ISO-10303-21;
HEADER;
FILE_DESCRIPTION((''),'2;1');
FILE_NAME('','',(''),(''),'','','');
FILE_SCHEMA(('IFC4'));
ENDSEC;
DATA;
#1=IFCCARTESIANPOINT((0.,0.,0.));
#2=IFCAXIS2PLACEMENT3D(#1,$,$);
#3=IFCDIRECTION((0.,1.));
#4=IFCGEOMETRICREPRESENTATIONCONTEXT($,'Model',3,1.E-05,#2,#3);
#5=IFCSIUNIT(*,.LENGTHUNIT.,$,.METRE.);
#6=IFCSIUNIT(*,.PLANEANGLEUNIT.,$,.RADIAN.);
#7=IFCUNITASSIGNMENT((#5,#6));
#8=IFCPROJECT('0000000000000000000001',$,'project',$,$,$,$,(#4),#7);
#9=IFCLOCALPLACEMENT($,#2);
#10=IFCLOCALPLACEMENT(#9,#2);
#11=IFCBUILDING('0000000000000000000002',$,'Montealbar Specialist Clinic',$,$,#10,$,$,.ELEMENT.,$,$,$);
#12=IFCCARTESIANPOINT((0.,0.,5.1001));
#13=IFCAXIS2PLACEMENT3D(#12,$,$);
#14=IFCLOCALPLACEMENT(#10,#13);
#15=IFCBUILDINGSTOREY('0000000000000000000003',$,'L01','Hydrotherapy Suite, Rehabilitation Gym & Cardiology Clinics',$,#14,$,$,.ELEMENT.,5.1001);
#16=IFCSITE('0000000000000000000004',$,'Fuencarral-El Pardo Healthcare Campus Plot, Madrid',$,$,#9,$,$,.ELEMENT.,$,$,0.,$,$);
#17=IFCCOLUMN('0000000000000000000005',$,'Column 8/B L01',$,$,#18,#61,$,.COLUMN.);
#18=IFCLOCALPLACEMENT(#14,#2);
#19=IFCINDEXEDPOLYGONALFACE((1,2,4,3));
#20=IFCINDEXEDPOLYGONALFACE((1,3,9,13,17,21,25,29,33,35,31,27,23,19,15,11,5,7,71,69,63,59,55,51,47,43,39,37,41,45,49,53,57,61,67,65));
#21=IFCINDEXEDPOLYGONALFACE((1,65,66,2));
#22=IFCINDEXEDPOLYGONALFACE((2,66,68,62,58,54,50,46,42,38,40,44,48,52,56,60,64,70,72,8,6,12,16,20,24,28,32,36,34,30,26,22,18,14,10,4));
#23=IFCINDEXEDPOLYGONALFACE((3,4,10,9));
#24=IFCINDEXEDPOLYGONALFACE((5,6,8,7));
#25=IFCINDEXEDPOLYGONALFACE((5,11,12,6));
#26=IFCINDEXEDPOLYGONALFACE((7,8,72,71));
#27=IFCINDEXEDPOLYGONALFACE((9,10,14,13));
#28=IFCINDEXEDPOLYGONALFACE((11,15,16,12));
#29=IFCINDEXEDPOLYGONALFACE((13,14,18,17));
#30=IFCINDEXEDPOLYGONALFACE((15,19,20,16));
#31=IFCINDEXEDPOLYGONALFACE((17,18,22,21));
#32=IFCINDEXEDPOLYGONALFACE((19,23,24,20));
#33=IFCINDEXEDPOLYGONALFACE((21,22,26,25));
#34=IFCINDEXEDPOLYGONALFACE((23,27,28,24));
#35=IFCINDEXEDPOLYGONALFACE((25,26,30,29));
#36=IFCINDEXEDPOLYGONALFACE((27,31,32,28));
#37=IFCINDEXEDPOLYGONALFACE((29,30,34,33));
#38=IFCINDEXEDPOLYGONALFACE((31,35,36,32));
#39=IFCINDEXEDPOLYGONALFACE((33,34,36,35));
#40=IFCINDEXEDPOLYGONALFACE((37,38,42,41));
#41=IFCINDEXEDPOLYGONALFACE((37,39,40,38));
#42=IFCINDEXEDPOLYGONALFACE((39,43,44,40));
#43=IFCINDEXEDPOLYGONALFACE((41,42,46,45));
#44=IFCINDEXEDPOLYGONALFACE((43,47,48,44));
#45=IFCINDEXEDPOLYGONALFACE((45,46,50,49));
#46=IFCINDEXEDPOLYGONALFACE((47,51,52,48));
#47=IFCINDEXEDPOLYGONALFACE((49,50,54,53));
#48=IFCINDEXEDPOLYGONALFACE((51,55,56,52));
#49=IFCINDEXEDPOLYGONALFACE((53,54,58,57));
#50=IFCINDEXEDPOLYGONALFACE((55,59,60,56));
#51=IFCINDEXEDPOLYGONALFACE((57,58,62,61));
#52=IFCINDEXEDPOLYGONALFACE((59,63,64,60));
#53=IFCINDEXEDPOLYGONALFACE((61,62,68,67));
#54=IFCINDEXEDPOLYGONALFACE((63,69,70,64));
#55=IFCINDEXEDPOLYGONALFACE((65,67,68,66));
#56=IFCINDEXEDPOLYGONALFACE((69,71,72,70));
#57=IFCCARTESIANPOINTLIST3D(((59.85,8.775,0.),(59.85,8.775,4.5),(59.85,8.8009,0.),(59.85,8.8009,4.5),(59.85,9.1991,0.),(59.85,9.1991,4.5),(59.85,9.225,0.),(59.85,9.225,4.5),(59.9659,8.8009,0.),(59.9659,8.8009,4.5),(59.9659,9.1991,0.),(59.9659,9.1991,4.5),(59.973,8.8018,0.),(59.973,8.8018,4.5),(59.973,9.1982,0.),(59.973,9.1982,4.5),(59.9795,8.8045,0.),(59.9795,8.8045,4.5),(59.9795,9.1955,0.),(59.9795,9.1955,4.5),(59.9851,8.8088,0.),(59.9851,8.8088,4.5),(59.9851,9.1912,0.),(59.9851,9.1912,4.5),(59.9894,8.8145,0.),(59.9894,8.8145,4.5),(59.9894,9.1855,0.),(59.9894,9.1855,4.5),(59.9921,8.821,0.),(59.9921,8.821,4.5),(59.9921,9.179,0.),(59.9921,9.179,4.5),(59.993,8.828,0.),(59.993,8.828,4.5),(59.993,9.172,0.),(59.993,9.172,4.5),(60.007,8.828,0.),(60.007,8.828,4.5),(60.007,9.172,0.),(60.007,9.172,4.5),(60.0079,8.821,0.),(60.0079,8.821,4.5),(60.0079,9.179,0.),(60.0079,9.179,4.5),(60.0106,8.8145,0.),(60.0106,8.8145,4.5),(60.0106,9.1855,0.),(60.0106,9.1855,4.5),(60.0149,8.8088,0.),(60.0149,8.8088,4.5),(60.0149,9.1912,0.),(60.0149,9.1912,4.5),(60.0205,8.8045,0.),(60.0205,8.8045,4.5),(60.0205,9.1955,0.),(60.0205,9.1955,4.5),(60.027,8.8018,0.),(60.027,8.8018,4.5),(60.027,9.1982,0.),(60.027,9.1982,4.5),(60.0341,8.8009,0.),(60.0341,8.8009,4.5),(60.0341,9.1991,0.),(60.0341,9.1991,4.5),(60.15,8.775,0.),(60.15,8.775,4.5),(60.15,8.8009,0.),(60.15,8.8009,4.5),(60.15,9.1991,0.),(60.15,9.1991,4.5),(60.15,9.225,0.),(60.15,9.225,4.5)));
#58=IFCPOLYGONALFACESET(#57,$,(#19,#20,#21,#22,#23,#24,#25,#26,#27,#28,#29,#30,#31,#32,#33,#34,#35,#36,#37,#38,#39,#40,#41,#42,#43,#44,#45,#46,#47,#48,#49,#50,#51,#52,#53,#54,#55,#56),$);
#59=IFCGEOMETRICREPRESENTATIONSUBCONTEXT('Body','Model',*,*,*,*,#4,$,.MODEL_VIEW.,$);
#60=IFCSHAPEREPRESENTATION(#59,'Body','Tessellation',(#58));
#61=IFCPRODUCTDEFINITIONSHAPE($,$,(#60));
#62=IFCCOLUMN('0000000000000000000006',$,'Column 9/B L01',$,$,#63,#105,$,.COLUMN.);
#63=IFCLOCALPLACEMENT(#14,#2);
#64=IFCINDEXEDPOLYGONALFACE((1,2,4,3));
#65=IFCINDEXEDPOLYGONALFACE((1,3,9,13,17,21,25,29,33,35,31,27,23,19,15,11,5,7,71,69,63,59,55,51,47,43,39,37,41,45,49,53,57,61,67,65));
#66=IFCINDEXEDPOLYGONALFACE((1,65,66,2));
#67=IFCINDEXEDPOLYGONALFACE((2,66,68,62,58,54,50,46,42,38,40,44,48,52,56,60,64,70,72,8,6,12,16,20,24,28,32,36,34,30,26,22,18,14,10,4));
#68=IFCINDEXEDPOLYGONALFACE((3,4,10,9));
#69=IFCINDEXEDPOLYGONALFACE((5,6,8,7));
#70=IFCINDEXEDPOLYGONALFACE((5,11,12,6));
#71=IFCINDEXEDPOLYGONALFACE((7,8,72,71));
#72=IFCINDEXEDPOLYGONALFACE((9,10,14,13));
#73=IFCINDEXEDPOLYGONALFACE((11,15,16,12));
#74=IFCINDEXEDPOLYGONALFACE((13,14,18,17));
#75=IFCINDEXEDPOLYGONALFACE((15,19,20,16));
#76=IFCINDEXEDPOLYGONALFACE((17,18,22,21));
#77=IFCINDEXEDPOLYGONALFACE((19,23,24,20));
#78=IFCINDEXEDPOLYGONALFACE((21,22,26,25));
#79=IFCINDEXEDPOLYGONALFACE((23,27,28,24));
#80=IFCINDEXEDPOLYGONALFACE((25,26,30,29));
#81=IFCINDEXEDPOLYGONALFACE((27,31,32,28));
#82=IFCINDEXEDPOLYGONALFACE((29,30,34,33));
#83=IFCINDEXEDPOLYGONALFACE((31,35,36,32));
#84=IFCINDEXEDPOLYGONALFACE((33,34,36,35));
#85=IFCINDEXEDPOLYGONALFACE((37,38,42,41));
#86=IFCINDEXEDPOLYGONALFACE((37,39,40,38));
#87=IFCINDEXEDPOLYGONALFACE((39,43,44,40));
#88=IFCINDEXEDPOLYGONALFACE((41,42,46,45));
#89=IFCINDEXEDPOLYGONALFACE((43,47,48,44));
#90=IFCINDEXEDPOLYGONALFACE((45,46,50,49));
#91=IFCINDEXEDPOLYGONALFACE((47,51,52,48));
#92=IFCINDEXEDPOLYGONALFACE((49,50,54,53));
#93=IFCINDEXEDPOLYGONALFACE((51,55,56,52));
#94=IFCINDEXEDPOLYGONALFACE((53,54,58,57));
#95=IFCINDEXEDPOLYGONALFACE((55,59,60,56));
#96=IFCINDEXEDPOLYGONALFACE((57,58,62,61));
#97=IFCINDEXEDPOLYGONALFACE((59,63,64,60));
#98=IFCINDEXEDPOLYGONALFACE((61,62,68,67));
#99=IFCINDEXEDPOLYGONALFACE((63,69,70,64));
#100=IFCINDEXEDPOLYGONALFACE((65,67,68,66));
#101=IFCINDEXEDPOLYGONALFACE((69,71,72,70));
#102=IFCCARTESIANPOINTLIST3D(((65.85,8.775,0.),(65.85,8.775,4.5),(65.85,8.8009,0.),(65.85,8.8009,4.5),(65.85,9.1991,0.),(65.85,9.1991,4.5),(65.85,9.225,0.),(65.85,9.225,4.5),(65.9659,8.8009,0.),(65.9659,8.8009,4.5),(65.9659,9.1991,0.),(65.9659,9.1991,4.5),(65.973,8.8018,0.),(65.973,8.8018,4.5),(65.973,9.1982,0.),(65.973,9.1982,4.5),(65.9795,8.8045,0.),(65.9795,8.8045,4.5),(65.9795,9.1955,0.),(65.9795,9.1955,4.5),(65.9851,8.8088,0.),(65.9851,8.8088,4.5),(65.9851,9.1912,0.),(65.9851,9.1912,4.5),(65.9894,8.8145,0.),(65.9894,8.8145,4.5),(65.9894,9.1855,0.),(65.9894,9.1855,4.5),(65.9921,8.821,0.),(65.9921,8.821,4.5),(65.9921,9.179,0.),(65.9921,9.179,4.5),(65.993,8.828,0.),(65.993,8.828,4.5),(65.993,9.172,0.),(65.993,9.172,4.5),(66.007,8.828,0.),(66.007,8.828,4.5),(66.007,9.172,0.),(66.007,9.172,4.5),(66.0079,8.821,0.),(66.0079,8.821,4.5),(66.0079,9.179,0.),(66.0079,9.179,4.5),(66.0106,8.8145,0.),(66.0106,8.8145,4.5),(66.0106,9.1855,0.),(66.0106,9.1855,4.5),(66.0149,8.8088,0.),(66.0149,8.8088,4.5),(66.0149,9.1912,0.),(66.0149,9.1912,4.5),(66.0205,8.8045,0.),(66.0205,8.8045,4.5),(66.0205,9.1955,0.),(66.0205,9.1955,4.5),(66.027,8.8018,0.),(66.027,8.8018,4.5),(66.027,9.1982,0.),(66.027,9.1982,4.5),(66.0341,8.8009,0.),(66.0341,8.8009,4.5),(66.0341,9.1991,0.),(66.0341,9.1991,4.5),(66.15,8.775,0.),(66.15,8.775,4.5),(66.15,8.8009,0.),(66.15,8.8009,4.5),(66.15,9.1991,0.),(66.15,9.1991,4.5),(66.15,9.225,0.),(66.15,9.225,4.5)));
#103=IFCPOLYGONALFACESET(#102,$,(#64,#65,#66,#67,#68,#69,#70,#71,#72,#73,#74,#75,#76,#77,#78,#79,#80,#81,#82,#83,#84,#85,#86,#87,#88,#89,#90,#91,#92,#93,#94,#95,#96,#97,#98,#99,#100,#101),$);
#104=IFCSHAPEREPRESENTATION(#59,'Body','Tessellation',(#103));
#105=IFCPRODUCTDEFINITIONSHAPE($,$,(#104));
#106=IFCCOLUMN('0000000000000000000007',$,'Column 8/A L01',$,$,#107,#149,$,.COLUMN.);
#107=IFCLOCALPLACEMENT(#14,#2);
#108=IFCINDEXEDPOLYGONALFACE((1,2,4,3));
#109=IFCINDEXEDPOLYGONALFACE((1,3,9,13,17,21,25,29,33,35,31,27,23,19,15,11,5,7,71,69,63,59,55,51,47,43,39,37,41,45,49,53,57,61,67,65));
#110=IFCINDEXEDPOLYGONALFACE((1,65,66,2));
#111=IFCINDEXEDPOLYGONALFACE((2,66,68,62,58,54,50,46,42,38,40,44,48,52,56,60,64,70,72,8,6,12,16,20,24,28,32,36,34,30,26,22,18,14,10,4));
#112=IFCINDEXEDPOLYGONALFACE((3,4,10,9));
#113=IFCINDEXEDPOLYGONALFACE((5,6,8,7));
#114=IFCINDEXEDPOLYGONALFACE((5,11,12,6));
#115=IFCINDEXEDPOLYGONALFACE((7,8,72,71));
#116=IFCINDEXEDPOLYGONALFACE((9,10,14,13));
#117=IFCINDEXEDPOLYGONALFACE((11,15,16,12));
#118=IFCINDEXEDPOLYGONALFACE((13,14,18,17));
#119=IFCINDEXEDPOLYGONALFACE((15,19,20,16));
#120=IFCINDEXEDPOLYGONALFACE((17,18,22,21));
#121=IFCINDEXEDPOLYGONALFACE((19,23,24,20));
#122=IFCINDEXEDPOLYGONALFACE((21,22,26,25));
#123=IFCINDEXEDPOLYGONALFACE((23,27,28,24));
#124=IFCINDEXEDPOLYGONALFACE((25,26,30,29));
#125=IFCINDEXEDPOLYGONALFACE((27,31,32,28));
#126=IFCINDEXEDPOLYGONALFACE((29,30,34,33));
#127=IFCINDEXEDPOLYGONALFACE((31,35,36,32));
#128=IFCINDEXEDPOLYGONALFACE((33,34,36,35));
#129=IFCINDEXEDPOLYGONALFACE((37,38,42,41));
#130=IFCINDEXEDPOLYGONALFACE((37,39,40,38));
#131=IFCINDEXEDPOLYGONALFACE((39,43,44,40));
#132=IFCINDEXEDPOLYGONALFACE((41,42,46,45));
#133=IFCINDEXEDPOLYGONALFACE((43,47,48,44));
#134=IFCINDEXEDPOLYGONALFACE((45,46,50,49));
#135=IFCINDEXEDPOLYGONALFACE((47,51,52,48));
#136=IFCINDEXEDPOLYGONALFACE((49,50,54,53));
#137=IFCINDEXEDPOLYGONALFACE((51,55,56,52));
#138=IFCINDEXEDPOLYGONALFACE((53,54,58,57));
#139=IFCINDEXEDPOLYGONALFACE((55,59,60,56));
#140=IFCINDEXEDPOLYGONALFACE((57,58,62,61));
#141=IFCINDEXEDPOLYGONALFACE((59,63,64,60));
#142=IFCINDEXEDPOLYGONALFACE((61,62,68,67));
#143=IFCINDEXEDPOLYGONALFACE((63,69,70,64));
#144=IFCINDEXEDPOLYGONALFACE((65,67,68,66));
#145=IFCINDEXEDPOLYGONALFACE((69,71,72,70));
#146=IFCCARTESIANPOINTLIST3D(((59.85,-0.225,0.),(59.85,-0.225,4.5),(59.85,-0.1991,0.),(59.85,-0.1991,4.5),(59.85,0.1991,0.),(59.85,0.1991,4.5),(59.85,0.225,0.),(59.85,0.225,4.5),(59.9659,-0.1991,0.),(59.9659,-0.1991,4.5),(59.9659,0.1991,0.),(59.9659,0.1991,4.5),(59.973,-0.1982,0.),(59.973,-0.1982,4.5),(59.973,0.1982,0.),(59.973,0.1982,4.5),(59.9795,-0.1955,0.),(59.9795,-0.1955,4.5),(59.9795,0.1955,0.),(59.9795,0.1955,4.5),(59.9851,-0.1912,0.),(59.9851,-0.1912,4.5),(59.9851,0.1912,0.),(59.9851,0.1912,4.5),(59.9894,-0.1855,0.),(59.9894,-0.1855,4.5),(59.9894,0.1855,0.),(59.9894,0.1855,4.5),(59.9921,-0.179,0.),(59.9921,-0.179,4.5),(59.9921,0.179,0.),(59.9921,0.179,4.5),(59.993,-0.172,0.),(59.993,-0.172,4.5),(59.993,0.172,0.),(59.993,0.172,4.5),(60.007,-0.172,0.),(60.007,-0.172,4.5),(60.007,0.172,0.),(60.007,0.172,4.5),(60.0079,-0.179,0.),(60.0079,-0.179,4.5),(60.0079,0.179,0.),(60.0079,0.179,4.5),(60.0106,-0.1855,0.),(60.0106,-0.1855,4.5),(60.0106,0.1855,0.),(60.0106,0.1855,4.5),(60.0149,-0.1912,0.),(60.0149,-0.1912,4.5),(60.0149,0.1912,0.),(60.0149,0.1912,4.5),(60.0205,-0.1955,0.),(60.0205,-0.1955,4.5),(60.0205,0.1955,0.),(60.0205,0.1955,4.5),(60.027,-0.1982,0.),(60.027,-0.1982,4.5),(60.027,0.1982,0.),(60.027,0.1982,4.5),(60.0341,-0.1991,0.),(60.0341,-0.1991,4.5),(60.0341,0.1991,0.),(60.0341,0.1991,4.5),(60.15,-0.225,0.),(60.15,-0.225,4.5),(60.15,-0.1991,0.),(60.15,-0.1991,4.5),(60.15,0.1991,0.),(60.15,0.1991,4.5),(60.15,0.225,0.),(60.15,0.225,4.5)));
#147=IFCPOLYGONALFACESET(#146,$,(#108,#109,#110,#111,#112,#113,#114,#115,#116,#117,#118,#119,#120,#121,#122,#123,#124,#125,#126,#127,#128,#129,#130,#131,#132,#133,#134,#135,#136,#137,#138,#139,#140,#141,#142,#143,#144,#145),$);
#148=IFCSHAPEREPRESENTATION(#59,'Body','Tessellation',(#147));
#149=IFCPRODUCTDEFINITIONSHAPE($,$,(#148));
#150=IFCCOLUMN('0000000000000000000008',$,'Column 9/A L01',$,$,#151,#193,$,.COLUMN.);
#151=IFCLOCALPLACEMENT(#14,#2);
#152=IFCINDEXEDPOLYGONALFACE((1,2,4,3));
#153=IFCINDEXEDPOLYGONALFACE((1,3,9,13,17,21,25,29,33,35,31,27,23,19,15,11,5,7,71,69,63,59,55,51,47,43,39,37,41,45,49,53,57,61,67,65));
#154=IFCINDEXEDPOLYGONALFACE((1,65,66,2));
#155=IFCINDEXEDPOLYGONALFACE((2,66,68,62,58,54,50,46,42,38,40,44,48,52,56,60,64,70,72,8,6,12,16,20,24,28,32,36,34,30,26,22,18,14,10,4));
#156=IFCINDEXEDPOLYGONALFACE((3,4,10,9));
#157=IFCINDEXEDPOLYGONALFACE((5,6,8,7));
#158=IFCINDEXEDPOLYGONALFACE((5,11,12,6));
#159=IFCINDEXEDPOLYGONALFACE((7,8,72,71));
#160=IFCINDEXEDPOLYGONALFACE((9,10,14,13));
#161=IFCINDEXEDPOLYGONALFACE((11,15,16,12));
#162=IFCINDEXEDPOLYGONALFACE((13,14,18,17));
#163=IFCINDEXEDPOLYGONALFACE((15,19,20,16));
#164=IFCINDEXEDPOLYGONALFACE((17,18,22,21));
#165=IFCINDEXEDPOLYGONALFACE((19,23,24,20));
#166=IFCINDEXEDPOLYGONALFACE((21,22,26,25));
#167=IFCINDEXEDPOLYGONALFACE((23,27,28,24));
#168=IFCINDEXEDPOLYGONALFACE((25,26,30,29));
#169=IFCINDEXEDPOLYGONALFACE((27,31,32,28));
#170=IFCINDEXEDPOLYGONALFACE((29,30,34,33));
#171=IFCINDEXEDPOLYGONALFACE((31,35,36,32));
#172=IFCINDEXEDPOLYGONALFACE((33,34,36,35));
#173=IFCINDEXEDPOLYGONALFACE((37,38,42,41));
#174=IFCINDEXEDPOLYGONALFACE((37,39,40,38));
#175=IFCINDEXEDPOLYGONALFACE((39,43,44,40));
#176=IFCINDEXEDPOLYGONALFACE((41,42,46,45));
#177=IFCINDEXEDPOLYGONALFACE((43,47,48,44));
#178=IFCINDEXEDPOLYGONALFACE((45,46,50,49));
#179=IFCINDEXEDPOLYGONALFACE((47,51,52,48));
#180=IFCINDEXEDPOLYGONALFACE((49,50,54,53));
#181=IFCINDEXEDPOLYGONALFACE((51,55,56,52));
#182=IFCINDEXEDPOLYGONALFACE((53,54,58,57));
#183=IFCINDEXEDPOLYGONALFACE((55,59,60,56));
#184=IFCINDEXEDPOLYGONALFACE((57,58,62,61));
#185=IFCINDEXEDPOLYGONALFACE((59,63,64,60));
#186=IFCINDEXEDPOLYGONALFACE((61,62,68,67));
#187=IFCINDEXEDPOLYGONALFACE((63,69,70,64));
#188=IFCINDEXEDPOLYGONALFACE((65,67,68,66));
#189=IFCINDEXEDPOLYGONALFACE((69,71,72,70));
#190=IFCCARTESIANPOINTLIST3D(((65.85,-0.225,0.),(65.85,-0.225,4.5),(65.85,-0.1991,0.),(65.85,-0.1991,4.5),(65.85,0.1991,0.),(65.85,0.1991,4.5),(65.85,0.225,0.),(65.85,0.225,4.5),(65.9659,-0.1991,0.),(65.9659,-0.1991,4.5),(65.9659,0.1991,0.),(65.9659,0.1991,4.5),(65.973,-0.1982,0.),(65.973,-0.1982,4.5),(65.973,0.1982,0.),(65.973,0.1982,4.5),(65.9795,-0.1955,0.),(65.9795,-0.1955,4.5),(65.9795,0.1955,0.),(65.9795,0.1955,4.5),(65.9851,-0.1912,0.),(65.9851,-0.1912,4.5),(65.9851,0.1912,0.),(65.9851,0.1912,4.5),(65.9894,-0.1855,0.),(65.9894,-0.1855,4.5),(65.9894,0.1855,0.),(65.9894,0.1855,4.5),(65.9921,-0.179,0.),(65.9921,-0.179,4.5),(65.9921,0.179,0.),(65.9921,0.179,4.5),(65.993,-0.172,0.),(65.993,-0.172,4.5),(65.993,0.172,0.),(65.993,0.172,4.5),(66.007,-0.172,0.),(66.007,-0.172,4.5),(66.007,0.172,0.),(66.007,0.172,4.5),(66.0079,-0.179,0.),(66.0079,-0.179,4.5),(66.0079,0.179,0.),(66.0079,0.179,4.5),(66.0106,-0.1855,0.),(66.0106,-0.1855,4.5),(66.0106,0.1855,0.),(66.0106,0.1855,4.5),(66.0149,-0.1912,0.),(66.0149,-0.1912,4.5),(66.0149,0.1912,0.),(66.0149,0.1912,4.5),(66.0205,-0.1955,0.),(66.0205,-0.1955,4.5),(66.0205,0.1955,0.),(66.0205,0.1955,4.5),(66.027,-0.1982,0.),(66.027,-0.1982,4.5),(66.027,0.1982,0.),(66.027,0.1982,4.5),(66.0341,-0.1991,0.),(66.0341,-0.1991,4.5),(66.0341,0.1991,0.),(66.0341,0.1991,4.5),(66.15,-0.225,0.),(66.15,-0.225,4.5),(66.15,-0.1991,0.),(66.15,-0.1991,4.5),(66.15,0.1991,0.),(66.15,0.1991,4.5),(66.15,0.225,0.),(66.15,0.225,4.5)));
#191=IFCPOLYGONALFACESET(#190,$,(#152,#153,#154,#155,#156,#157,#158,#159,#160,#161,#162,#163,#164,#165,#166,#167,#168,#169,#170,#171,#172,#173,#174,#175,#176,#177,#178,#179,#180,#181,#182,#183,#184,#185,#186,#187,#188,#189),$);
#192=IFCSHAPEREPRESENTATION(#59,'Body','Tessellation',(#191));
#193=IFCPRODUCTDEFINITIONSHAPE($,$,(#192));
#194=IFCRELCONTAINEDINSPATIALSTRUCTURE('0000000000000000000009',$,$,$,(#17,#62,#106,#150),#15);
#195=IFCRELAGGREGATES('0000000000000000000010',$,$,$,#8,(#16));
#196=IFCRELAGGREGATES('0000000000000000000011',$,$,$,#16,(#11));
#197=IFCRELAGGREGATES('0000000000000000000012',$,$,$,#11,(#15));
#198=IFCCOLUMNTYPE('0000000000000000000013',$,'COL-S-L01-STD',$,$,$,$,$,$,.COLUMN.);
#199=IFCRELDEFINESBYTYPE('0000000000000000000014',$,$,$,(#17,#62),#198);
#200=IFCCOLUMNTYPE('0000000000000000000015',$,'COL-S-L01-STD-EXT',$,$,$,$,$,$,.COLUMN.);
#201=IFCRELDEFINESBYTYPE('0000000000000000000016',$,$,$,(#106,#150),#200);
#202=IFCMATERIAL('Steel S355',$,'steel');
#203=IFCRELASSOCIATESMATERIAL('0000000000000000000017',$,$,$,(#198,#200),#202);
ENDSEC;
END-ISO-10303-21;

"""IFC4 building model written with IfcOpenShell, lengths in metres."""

from ifc_helpers import new_model, si_unit, direction, frame, origin, origin_2d, place, context, subcontext, project, spatial, i_section, extrude, material, material_profile, profile_set, type_object, element, save


model = new_model("IFC4")

# Units and contexts
model_context = context("Model", 3, precision=1e-05, world=origin(), true_north=direction((0.0, 1.0)))
body_context = subcontext(model_context, "Body", "Model", "MODEL_VIEW")
ifc_project = project(units=[si_unit("LENGTHUNIT", "METRE"), si_unit("PLANEANGLEUNIT", "RADIAN")], contexts=[model_context])

# Site, building, storey
site_placement = place(None, origin())
site = spatial("IfcSite", under=ifc_project, at=site_placement, Name="Fuencarral-El Pardo Healthcare Campus Plot, Madrid", CompositionType="ELEMENT", RefElevation=0.0)
building_placement = place(site_placement, origin())
building = spatial("IfcBuilding", under=site, at=building_placement, Name="Montealbar Specialist Clinic", CompositionType="ELEMENT")
storey_placement = place(building_placement, frame((0.0, 0.0, 5.1001)))
storey = spatial("IfcBuildingStorey", under=building, at=storey_placement, Name="L01", Description="Hydrotherapy Suite, Rehabilitation Gym & Cardiology Clinics", CompositionType="ELEMENT", Elevation=5.1001)

# Columns
ifc_material_1 = material(Name="Steel S355", Category="steel")
ifc_material_profile_1 = material_profile(ifc_material_1, i_section(OverallWidth=0.3, OverallDepth=0.45, WebThickness=0.0139, FlangeThickness=0.0259, FilletRadius=0.0271, at=origin_2d()), Name="HEB 450", Category="steel")
ifc_profile_set_1 = profile_set([ifc_material_profile_1], Name="Steel S355")
column_type_1 = type_object("IfcColumnType", Name="COL-S-L01-STD", PredefinedType="COLUMN", material=ifc_profile_set_1)
for number, where, z_axis, x_axis, name in (
    (1, (60.0, 9.0, 0.0), (0.0, 0.0, 1.0), (1.0, 0.0, 0.0), "Column 8/B L01"),
    (2, (66.0, 9.0, 0.0), (0.0, 0.0, 1.0), (1.0, 0.0, 0.0), "Column 9/B L01"),
):
    element("IfcColumn", number, at=place(storey_placement, frame(where, z_axis=z_axis, x_axis=x_axis)), inside=storey, type_object=column_type_1, Name=name, PredefinedType="COLUMN", context=body_context, shape_type="SweptSolid", body=[
        extrude(i_section(OverallWidth=0.3, OverallDepth=0.45, WebThickness=0.0139, FlangeThickness=0.0259, FilletRadius=0.0271, at=origin_2d()), origin(), (0.0, 0.0, 1.0), 4.5),
    ])
ifc_material_profile_2 = material_profile(ifc_material_1, i_section(OverallWidth=0.3, OverallDepth=0.45, WebThickness=0.0139, FlangeThickness=0.0259, FilletRadius=0.0271, at=origin_2d()), Name="HEB 450", Category="steel")
ifc_profile_set_2 = profile_set([ifc_material_profile_2], Name="Steel S355")
column_type_2 = type_object("IfcColumnType", Name="COL-S-L01-STD-EXT", PredefinedType="COLUMN", material=ifc_profile_set_2)
for number, where, z_axis, x_axis, name in (
    (3, (60.0, 0.0, 0.0), (0.0, 0.0, 1.0), (1.0, 0.0, 0.0), "Column 8/A L01"),
    (4, (66.0, 0.0, 0.0), (0.0, 0.0, 1.0), (1.0, 0.0, 0.0), "Column 9/A L01"),
):
    element("IfcColumn", number, at=place(storey_placement, frame(where, z_axis=z_axis, x_axis=x_axis)), inside=storey, type_object=column_type_2, Name=name, PredefinedType="COLUMN", context=body_context, shape_type="SweptSolid", body=[
        extrude(i_section(OverallWidth=0.3, OverallDepth=0.45, WebThickness=0.0139, FlangeThickness=0.0259, FilletRadius=0.0271, at=origin_2d()), origin(), (0.0, 0.0, 1.0), 4.5),
    ])

save(model, "model.ifc")
